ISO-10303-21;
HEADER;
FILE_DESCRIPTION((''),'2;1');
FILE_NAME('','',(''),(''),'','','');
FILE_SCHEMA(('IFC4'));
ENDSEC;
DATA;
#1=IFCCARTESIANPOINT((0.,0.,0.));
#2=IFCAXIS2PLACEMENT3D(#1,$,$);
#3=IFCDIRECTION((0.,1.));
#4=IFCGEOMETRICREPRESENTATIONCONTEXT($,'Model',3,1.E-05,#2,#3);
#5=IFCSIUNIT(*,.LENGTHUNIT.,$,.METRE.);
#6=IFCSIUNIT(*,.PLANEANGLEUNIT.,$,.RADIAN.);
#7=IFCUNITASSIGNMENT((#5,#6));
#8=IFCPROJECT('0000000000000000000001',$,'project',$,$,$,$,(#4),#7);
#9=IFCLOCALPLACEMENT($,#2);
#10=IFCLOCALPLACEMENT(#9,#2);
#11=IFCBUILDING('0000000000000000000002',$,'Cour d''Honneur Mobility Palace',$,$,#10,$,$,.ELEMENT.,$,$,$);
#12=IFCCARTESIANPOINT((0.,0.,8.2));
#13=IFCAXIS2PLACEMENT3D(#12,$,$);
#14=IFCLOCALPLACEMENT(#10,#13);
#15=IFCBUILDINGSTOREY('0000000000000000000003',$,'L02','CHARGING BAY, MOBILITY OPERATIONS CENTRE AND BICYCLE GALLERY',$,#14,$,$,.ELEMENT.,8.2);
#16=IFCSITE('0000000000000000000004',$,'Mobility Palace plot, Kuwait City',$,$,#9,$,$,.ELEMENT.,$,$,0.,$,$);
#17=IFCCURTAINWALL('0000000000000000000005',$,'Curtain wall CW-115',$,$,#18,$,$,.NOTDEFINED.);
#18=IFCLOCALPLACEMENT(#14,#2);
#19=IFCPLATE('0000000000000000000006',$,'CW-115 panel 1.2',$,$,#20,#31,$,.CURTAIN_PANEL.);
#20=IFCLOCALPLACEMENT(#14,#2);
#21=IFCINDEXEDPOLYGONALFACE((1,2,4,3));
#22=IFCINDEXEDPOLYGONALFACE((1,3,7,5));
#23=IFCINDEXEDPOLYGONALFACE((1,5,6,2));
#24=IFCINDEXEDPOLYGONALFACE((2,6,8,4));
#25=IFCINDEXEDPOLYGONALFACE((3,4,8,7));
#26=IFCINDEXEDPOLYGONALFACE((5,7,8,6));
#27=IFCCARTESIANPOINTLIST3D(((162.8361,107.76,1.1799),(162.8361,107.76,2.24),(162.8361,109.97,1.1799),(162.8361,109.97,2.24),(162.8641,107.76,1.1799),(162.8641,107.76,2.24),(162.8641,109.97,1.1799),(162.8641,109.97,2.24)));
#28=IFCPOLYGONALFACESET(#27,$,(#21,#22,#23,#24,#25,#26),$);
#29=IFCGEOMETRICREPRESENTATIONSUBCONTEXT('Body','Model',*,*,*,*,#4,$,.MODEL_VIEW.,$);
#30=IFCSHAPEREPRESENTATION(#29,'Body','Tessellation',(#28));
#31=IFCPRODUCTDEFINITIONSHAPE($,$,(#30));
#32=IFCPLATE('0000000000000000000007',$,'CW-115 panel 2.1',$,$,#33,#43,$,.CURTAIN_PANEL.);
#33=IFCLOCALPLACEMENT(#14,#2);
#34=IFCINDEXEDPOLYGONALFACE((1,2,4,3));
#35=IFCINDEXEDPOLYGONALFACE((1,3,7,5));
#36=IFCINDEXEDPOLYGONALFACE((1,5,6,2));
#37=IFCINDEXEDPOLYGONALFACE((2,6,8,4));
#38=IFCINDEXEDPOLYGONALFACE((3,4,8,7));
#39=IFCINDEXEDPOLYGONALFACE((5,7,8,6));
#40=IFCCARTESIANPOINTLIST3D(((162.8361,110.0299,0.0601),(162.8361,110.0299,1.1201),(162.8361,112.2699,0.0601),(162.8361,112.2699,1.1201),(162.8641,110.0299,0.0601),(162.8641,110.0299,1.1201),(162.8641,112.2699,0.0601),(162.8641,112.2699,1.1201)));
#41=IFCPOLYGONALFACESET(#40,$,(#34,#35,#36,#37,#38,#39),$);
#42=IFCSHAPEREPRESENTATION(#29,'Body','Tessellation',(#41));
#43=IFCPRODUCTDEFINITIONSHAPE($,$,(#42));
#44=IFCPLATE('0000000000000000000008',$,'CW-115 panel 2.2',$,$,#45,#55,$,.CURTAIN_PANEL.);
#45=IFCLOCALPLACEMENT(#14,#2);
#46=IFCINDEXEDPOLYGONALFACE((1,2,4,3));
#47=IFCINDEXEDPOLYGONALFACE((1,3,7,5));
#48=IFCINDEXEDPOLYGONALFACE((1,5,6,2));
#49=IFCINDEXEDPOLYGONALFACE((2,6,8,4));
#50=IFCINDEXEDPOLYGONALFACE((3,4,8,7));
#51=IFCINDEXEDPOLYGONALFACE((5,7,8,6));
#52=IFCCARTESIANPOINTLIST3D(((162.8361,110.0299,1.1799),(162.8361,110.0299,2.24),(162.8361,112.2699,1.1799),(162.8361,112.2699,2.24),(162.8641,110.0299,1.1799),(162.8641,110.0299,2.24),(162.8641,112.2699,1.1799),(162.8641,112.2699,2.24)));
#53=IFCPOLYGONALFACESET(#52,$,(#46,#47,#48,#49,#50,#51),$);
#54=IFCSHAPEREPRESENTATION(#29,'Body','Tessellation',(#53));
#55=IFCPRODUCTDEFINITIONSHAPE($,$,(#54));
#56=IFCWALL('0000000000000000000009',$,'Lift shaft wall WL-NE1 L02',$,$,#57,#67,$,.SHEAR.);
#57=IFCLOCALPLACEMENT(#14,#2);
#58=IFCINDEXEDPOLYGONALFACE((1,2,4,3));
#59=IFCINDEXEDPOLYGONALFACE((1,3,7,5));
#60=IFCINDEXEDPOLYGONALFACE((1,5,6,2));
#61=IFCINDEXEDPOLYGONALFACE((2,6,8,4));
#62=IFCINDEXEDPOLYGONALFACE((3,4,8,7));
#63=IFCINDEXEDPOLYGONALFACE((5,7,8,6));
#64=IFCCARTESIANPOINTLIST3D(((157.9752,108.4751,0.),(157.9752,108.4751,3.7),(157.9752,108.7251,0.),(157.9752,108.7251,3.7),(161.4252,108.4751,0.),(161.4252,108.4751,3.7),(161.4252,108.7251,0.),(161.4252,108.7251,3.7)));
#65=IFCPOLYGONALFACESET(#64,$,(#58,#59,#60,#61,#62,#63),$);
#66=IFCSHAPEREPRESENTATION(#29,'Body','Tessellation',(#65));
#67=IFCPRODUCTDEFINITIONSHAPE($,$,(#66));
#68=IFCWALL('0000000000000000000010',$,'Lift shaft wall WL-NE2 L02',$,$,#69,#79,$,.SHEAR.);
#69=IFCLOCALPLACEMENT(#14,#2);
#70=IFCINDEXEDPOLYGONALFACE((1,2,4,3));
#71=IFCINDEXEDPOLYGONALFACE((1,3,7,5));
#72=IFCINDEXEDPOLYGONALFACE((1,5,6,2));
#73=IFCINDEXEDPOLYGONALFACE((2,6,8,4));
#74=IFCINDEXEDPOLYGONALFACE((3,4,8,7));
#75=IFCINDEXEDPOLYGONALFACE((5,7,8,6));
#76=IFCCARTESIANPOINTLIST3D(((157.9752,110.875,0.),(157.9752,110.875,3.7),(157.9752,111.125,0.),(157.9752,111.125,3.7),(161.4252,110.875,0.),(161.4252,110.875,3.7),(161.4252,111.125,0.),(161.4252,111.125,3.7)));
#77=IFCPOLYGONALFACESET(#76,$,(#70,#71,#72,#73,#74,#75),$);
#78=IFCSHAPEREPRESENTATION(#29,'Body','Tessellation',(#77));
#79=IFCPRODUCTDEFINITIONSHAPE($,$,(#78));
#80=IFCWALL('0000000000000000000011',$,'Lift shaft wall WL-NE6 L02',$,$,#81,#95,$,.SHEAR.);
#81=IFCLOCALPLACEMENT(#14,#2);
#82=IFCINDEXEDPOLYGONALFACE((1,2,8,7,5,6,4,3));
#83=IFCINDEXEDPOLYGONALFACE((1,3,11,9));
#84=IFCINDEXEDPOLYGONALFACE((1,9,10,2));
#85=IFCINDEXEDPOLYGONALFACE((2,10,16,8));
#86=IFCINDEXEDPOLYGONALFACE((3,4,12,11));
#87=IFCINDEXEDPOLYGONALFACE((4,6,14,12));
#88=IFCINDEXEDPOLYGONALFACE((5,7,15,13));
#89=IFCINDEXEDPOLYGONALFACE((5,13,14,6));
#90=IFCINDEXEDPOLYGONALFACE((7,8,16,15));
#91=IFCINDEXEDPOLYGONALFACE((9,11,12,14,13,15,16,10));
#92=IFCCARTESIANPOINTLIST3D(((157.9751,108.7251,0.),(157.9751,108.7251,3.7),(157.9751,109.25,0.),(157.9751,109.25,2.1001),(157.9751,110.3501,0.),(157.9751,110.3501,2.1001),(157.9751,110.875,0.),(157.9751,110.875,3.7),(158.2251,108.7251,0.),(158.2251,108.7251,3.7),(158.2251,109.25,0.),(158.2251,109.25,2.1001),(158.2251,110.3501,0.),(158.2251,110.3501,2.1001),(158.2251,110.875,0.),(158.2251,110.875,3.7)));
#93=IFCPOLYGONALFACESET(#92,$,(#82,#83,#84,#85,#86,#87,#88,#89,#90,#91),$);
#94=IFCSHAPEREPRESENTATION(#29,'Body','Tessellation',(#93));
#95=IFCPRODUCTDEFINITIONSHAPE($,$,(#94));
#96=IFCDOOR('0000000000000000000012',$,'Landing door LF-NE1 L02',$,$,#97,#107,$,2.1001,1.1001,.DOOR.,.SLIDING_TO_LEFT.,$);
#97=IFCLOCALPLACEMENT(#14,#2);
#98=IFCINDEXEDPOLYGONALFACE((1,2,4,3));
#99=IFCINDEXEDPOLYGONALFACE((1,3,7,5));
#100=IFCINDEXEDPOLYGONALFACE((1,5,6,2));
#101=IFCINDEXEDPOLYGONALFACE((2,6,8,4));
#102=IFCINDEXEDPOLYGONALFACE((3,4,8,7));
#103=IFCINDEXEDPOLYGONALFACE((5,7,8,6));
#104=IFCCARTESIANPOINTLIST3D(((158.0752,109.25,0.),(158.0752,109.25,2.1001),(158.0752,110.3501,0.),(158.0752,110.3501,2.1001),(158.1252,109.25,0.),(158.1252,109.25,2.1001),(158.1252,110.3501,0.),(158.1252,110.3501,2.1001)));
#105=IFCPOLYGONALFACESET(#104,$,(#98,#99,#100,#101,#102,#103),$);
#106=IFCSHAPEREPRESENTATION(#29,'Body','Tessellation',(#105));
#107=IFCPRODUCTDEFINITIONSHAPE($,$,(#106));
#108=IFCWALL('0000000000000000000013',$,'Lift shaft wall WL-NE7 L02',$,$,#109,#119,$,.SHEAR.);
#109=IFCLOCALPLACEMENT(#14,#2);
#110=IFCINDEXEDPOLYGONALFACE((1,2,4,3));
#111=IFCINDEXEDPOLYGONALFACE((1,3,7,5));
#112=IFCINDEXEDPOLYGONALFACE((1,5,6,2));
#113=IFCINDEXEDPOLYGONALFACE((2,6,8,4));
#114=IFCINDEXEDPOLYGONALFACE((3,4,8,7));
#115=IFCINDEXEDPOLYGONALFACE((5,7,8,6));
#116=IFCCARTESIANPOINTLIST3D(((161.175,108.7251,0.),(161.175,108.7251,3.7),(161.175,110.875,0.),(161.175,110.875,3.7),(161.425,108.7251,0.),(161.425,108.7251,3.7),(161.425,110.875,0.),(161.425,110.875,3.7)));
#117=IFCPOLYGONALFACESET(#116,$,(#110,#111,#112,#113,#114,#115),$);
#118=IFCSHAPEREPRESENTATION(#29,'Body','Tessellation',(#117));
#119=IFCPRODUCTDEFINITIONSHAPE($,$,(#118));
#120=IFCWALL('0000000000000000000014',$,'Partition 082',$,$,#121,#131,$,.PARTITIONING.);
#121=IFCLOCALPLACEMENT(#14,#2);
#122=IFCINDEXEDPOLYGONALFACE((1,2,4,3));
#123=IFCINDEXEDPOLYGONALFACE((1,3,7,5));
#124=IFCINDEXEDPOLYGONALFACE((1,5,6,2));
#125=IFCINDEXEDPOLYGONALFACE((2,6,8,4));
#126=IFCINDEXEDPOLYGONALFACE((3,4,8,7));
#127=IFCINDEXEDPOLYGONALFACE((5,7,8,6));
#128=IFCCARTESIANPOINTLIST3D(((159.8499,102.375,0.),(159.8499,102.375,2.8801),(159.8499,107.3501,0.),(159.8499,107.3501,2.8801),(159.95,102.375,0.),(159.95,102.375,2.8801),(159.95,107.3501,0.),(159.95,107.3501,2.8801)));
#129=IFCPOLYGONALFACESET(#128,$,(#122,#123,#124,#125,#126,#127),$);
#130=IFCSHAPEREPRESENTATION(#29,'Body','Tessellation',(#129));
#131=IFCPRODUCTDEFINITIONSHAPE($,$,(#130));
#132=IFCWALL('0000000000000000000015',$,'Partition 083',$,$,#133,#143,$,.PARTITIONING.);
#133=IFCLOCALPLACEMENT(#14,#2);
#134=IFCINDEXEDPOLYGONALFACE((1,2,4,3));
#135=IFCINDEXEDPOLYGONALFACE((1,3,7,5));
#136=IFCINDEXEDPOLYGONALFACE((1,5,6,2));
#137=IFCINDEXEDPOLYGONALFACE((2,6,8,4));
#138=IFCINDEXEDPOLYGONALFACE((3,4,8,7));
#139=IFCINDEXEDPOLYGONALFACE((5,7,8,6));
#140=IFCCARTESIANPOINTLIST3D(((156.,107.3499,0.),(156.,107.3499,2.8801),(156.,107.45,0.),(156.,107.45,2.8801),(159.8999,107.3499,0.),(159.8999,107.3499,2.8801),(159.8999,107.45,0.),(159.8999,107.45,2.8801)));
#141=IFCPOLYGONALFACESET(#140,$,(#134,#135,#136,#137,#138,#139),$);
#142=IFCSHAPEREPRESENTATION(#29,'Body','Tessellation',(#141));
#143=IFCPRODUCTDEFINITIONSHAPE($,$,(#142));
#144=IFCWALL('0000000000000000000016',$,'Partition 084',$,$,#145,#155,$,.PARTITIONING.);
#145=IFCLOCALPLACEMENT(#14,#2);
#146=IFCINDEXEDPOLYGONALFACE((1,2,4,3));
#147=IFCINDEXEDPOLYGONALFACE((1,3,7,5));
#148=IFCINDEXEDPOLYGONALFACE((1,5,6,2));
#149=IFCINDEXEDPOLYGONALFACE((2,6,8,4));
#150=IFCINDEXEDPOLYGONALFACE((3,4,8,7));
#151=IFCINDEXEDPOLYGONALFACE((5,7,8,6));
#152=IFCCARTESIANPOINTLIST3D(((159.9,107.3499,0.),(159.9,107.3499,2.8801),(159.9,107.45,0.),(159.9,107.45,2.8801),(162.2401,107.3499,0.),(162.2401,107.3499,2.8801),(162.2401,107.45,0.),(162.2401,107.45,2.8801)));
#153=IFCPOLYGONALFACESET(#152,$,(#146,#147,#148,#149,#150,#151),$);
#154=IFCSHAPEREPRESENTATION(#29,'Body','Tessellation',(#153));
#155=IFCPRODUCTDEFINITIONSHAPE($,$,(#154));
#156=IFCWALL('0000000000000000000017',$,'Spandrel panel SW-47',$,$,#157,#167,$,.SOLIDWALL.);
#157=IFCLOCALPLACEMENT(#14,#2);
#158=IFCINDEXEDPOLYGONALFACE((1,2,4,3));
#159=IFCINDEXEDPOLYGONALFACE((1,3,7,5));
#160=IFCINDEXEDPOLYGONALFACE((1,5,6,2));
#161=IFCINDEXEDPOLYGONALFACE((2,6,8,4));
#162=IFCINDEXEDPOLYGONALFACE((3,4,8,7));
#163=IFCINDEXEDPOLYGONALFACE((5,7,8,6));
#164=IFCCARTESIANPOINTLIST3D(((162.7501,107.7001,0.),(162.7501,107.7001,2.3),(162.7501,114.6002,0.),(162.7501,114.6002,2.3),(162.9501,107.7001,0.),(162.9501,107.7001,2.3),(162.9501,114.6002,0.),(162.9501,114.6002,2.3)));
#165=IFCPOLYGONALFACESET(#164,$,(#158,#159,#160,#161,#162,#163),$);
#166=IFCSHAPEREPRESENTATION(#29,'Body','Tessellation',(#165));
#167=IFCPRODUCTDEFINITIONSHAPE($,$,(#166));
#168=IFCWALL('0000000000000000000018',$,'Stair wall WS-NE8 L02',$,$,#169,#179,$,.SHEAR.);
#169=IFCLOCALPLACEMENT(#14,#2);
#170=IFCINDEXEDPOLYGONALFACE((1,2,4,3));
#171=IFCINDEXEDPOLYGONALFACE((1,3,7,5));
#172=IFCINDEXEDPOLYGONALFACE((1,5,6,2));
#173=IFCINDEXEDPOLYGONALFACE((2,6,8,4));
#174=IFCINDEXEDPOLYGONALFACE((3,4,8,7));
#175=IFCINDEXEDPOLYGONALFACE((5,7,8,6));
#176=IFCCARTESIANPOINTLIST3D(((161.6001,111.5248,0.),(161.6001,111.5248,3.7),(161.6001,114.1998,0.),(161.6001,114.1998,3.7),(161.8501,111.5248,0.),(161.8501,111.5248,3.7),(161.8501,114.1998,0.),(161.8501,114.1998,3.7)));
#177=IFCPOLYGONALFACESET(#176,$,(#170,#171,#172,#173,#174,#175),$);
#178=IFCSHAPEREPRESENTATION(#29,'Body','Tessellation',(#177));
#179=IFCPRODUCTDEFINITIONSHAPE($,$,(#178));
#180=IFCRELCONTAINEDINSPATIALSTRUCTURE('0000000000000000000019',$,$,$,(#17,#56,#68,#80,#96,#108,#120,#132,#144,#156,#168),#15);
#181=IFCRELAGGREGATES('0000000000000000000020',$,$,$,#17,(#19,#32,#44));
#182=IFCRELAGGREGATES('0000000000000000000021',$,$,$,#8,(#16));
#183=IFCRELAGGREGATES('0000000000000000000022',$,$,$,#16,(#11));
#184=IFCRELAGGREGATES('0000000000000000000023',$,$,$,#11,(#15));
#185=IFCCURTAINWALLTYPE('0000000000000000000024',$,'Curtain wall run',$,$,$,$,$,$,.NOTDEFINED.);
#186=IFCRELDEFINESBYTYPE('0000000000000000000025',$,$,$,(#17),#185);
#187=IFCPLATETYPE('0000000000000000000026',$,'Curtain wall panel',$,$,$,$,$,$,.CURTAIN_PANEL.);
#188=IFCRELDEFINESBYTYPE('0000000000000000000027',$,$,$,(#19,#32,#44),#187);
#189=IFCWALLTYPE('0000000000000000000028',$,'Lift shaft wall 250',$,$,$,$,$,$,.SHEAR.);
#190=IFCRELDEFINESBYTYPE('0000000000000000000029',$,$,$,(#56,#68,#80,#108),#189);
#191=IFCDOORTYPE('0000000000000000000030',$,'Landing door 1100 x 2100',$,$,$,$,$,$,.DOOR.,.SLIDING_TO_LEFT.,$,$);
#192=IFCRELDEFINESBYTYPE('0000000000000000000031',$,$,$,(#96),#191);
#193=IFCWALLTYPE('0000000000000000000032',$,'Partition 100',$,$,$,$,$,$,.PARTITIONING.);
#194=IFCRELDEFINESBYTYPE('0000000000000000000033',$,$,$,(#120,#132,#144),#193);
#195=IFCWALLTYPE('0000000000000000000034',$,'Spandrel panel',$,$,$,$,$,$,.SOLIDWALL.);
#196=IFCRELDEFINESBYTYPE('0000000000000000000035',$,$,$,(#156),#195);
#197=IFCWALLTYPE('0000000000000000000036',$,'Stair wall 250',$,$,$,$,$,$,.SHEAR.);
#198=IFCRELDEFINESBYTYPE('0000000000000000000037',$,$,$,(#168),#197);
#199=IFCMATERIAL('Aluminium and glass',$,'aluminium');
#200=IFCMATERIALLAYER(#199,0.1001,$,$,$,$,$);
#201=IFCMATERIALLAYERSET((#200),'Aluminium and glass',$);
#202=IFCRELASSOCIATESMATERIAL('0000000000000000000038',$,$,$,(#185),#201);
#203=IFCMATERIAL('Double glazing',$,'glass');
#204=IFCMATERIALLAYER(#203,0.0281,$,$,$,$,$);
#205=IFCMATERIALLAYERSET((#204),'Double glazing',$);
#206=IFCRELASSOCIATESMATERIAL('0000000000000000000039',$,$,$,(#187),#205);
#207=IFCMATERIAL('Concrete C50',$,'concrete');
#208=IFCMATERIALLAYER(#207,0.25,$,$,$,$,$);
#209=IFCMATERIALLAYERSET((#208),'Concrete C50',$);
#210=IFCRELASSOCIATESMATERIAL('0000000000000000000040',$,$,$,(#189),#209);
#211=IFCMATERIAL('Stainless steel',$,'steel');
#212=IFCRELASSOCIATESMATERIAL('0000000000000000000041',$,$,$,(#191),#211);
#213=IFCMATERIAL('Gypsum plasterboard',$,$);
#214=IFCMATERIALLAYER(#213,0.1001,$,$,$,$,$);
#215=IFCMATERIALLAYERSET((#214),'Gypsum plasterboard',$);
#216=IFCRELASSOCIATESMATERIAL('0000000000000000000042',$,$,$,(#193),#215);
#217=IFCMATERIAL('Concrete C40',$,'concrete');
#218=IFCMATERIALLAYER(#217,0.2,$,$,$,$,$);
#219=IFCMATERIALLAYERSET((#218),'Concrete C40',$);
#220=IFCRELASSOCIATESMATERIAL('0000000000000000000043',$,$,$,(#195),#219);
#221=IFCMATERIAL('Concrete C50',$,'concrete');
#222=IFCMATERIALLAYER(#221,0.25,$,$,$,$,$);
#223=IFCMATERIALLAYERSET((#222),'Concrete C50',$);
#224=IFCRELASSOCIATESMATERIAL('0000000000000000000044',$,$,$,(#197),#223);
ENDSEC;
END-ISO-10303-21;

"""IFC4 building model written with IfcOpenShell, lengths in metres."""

from ifc_helpers import new_model, si_unit, direction, frame, frame_2d, origin, origin_2d, place, context, subcontext, project, spatial, rectangle, extrude, material, layer, layer_set, type_object, element, fill, aggregate, save


model = new_model("IFC4")

# Units and contexts
model_context = context("Model", 3, precision=1e-05, world=origin(), true_north=direction((0.0, 1.0)))
body_context = subcontext(model_context, "Body", "Model", "MODEL_VIEW")
ifc_project = project(units=[si_unit("LENGTHUNIT", "METRE"), si_unit("PLANEANGLEUNIT", "RADIAN")], contexts=[model_context])

# Site, building, storey
site_placement = place(None, origin())
site = spatial("IfcSite", under=ifc_project, at=site_placement, Name="Mobility Palace plot, Kuwait City", CompositionType="ELEMENT", RefElevation=0.0)
building_placement = place(site_placement, origin())
building = spatial("IfcBuilding", under=site, at=building_placement, Name="Cour d'Honneur Mobility Palace", CompositionType="ELEMENT")
storey_placement = place(building_placement, frame((0.0, 0.0, 8.2)))
storey = spatial("IfcBuildingStorey", under=building, at=storey_placement, Name="L02", Description="CHARGING BAY, MOBILITY OPERATIONS CENTRE AND BICYCLE GALLERY", CompositionType="ELEMENT", Elevation=8.2)

# Curtain wall
ifc_material_1 = material(Name="Aluminium and glass", Category="aluminium")
ifc_layer_1 = layer(ifc_material_1, 0.1001)
ifc_layer_set_1 = layer_set([ifc_layer_1], Name="Aluminium and glass")
curtain_wall_type = type_object("IfcCurtainWallType", Name="Curtain wall run", PredefinedType="NOTDEFINED", material=ifc_layer_set_1)
curtain_wall_placement = place(storey_placement, origin())
curtain_wall = element("IfcCurtainWall", 1, at=curtain_wall_placement, inside=storey, type_object=curtain_wall_type, Name="Curtain wall CW-115", PredefinedType="NOTDEFINED")

# Plates
ifc_material_2 = material(Name="Double glazing", Category="glass")
ifc_layer_2 = layer(ifc_material_2, 0.0281)
ifc_layer_set_2 = layer_set([ifc_layer_2], Name="Double glazing")
plate_type = type_object("IfcPlateType", Name="Curtain wall panel", PredefinedType="CURTAIN_PANEL", material=ifc_layer_set_2)
plate_1_placement = place(storey_placement, frame((162.8501, 108.865, 1.1799), z_axis=(0.0, 0.0, 1.0), x_axis=(0.0, 1.0, 0.0)))
plate_1 = element("IfcPlate", 2, at=plate_1_placement, type_object=plate_type, Name="CW-115 panel 1.2", PredefinedType="CURTAIN_PANEL", context=body_context, shape_type="SweptSolid", body=[
    extrude(rectangle(XDim=2.21, YDim=0.0281, at=origin_2d()), origin(), (0.0, 0.0, 1.0), 1.0601),
])
plate_2_placement = place(storey_placement, frame((162.8501, 111.1499, 0.0601), z_axis=(0.0, 0.0, 1.0), x_axis=(0.0, 1.0, 0.0)))
plate_2 = element("IfcPlate", 3, at=plate_2_placement, type_object=plate_type, Name="CW-115 panel 2.1", PredefinedType="CURTAIN_PANEL", context=body_context, shape_type="SweptSolid", body=[
    extrude(rectangle(XDim=2.24, YDim=0.0281, at=origin_2d()), origin(), (0.0, 0.0, 1.0), 1.0601),
])
plate_3_placement = place(storey_placement, frame((162.8501, 111.1499, 1.1799), z_axis=(0.0, 0.0, 1.0), x_axis=(0.0, 1.0, 0.0)))
plate_3 = element("IfcPlate", 4, at=plate_3_placement, type_object=plate_type, Name="CW-115 panel 2.2", PredefinedType="CURTAIN_PANEL", context=body_context, shape_type="SweptSolid", body=[
    extrude(rectangle(XDim=2.24, YDim=0.0281, at=origin_2d()), origin(), (0.0, 0.0, 1.0), 1.0601),
])
aggregate(curtain_wall, [plate_1, plate_2, plate_3])

# Walls
ifc_material_3 = material(Name="Concrete C50", Category="concrete")
ifc_layer_3 = layer(ifc_material_3, 0.25)
ifc_layer_set_3 = layer_set([ifc_layer_3], Name="Concrete C50")
wall_type_1 = type_object("IfcWallType", Name="Lift shaft wall 250", PredefinedType="SHEAR", material=ifc_layer_set_3)
for number, where, z_axis, x_axis, name in (
    (5, (157.9751, 108.6001, 0.0), (0.0, 0.0, 1.0), (1.0, 0.0, 0.0), "Lift shaft wall WL-NE1 L02"),
    (6, (157.9751, 111.0, 0.0), (0.0, 0.0, 1.0), (1.0, 0.0, 0.0), "Lift shaft wall WL-NE2 L02"),
):
    element("IfcWall", number, at=place(storey_placement, frame(where, z_axis=z_axis, x_axis=x_axis)), inside=storey, type_object=wall_type_1, Name=name, PredefinedType="SHEAR", context=body_context, shape_type="SweptSolid", body=[
        extrude(rectangle(XDim=3.45, YDim=0.25, at=frame_2d((1.7251, 0.0))), origin(), (0.0, 0.0, 1.0), 3.7),
    ])

# Wall, opening, door
wall_1_placement = place(storey_placement, frame((158.1001, 108.7251, 0.0), z_axis=(0.0, 0.0, 1.0), x_axis=(0.0, 1.0, 0.0)))
wall_1 = element("IfcWall", 7, at=wall_1_placement, inside=storey, type_object=wall_type_1, Name="Lift shaft wall WL-NE6 L02", PredefinedType="SHEAR", context=body_context, shape_type="SweptSolid", body=[
    extrude(rectangle(XDim=2.1499, YDim=0.25, at=frame_2d((1.075, 0.0))), origin(), (0.0, 0.0, 1.0), 3.7),
])
opening_placement = place(wall_1_placement, frame((0.5249, 0.0, 0.0)))
opening = element("IfcOpeningElement", 8, at=opening_placement, cuts=wall_1, PredefinedType="OPENING", context=body_context, shape_type="SweptSolid", body=[
    extrude(rectangle(XDim=1.1001, YDim=2.1001, at=frame_2d((0.55, 1.05))), frame((0.0, 0.135, 0.0), z_axis=(0.0, -1.0, 0.0), x_axis=(1.0, 0.0, 0.0)), (0.0, 0.0, 1.0), 0.27),
])
ifc_material_4 = material(Name="Stainless steel", Category="steel")
door_type = type_object("IfcDoorType", Name="Landing door 1100 x 2100", OperationType="SLIDING_TO_LEFT", PredefinedType="DOOR", material=ifc_material_4)
door_placement = place(opening_placement, origin())
door = element("IfcDoor", 9, at=door_placement, inside=storey, type_object=door_type, Name="Landing door LF-NE1 L02", OperationType="SLIDING_TO_LEFT", OverallHeight=2.1001, OverallWidth=1.1001, PredefinedType="DOOR", context=body_context, shape_type="SweptSolid", body=[
    extrude(rectangle(XDim=1.1001, YDim=2.1001, at=frame_2d((0.55, 1.05))), frame((0.0, 0.0249, 0.0), z_axis=(0.0, -1.0, 0.0), x_axis=(1.0, 0.0, 0.0)), (0.0, 0.0, 1.0), 0.05),
])
fill(opening, door)

# Walls
wall_2_placement = place(storey_placement, frame((161.3, 108.7251, 0.0), z_axis=(0.0, 0.0, 1.0), x_axis=(0.0, 1.0, 0.0)))
element("IfcWall", 10, at=wall_2_placement, inside=storey, type_object=wall_type_1, Name="Lift shaft wall WL-NE7 L02", PredefinedType="SHEAR", context=body_context, shape_type="SweptSolid", body=[
    extrude(rectangle(XDim=2.1499, YDim=0.25, at=frame_2d((1.075, 0.0))), origin(), (0.0, 0.0, 1.0), 3.7),
])
ifc_material_5 = material(Name="Gypsum plasterboard")
ifc_layer_4 = layer(ifc_material_5, 0.1001)
ifc_layer_set_4 = layer_set([ifc_layer_4], Name="Gypsum plasterboard")
wall_type_2 = type_object("IfcWallType", Name="Partition 100", PredefinedType="PARTITIONING", material=ifc_layer_set_4)
wall_3_placement = place(storey_placement, frame((159.8999, 107.3501, 0.0), z_axis=(0.0, 0.0, 1.0), x_axis=(0.0, -1.0, 0.0)))
element("IfcWall", 11, at=wall_3_placement, inside=storey, type_object=wall_type_2, Name="Partition 082", PredefinedType="PARTITIONING", context=body_context, shape_type="SweptSolid", body=[
    extrude(rectangle(XDim=4.9751, YDim=0.1001, at=frame_2d((2.4875, 0.0))), origin(), (0.0, 0.0, 1.0), 2.8801),
])
wall_4_placement = place(storey_placement, frame((159.8999, 107.3999, 0.0), z_axis=(0.0, 0.0, 1.0), x_axis=(-1.0, 0.0, 0.0)))
element("IfcWall", 12, at=wall_4_placement, inside=storey, type_object=wall_type_2, Name="Partition 083", PredefinedType="PARTITIONING", context=body_context, shape_type="SweptSolid", body=[
    extrude(rectangle(XDim=3.8999, YDim=0.1001, at=frame_2d((1.95, 0.0))), origin(), (0.0, 0.0, 1.0), 2.8801),
])
wall_5_placement = place(storey_placement, frame((162.24, 107.3999, 0.0), z_axis=(0.0, 0.0, 1.0), x_axis=(-1.0, 0.0, 0.0)))
element("IfcWall", 13, at=wall_5_placement, inside=storey, type_object=wall_type_2, Name="Partition 084", PredefinedType="PARTITIONING", context=body_context, shape_type="SweptSolid", body=[
    extrude(rectangle(XDim=2.3401, YDim=0.1001, at=frame_2d((1.1699, 0.0))), origin(), (0.0, 0.0, 1.0), 2.8801),
])
ifc_material_6 = material(Name="Concrete C40", Category="concrete")
ifc_layer_5 = layer(ifc_material_6, 0.2)
ifc_layer_set_5 = layer_set([ifc_layer_5], Name="Concrete C40")
wall_type_3 = type_object("IfcWallType", Name="Spandrel panel", PredefinedType="SOLIDWALL", material=ifc_layer_set_5)
wall_6_placement = place(storey_placement, frame((162.8501, 107.7, 0.0), z_axis=(0.0, 0.0, 1.0), x_axis=(0.0, 1.0, 0.0)))
element("IfcWall", 14, at=wall_6_placement, inside=storey, type_object=wall_type_3, Name="Spandrel panel SW-47", PredefinedType="SOLIDWALL", context=body_context, shape_type="SweptSolid", body=[
    extrude(rectangle(XDim=6.9001, YDim=0.2, at=frame_2d((3.4502, 0.0))), origin(), (0.0, 0.0, 1.0), 2.3),
])
ifc_material_7 = material(Name="Concrete C50", Category="concrete")
ifc_layer_6 = layer(ifc_material_7, 0.25)
ifc_layer_set_6 = layer_set([ifc_layer_6], Name="Concrete C50")
wall_type_4 = type_object("IfcWallType", Name="Stair wall 250", PredefinedType="SHEAR", material=ifc_layer_set_6)
wall_7_placement = place(storey_placement, frame((161.7251, 111.5249, 0.0), z_axis=(0.0, 0.0, 1.0), x_axis=(0.0, 1.0, 0.0)))
element("IfcWall", 15, at=wall_7_placement, inside=storey, type_object=wall_type_4, Name="Stair wall WS-NE8 L02", PredefinedType="SHEAR", context=body_context, shape_type="SweptSolid", body=[
    extrude(rectangle(XDim=2.675, YDim=0.25, at=frame_2d((1.3374, 0.0))), origin(), (0.0, 0.0, 1.0), 3.7),
])

save(model, "model.ifc")
